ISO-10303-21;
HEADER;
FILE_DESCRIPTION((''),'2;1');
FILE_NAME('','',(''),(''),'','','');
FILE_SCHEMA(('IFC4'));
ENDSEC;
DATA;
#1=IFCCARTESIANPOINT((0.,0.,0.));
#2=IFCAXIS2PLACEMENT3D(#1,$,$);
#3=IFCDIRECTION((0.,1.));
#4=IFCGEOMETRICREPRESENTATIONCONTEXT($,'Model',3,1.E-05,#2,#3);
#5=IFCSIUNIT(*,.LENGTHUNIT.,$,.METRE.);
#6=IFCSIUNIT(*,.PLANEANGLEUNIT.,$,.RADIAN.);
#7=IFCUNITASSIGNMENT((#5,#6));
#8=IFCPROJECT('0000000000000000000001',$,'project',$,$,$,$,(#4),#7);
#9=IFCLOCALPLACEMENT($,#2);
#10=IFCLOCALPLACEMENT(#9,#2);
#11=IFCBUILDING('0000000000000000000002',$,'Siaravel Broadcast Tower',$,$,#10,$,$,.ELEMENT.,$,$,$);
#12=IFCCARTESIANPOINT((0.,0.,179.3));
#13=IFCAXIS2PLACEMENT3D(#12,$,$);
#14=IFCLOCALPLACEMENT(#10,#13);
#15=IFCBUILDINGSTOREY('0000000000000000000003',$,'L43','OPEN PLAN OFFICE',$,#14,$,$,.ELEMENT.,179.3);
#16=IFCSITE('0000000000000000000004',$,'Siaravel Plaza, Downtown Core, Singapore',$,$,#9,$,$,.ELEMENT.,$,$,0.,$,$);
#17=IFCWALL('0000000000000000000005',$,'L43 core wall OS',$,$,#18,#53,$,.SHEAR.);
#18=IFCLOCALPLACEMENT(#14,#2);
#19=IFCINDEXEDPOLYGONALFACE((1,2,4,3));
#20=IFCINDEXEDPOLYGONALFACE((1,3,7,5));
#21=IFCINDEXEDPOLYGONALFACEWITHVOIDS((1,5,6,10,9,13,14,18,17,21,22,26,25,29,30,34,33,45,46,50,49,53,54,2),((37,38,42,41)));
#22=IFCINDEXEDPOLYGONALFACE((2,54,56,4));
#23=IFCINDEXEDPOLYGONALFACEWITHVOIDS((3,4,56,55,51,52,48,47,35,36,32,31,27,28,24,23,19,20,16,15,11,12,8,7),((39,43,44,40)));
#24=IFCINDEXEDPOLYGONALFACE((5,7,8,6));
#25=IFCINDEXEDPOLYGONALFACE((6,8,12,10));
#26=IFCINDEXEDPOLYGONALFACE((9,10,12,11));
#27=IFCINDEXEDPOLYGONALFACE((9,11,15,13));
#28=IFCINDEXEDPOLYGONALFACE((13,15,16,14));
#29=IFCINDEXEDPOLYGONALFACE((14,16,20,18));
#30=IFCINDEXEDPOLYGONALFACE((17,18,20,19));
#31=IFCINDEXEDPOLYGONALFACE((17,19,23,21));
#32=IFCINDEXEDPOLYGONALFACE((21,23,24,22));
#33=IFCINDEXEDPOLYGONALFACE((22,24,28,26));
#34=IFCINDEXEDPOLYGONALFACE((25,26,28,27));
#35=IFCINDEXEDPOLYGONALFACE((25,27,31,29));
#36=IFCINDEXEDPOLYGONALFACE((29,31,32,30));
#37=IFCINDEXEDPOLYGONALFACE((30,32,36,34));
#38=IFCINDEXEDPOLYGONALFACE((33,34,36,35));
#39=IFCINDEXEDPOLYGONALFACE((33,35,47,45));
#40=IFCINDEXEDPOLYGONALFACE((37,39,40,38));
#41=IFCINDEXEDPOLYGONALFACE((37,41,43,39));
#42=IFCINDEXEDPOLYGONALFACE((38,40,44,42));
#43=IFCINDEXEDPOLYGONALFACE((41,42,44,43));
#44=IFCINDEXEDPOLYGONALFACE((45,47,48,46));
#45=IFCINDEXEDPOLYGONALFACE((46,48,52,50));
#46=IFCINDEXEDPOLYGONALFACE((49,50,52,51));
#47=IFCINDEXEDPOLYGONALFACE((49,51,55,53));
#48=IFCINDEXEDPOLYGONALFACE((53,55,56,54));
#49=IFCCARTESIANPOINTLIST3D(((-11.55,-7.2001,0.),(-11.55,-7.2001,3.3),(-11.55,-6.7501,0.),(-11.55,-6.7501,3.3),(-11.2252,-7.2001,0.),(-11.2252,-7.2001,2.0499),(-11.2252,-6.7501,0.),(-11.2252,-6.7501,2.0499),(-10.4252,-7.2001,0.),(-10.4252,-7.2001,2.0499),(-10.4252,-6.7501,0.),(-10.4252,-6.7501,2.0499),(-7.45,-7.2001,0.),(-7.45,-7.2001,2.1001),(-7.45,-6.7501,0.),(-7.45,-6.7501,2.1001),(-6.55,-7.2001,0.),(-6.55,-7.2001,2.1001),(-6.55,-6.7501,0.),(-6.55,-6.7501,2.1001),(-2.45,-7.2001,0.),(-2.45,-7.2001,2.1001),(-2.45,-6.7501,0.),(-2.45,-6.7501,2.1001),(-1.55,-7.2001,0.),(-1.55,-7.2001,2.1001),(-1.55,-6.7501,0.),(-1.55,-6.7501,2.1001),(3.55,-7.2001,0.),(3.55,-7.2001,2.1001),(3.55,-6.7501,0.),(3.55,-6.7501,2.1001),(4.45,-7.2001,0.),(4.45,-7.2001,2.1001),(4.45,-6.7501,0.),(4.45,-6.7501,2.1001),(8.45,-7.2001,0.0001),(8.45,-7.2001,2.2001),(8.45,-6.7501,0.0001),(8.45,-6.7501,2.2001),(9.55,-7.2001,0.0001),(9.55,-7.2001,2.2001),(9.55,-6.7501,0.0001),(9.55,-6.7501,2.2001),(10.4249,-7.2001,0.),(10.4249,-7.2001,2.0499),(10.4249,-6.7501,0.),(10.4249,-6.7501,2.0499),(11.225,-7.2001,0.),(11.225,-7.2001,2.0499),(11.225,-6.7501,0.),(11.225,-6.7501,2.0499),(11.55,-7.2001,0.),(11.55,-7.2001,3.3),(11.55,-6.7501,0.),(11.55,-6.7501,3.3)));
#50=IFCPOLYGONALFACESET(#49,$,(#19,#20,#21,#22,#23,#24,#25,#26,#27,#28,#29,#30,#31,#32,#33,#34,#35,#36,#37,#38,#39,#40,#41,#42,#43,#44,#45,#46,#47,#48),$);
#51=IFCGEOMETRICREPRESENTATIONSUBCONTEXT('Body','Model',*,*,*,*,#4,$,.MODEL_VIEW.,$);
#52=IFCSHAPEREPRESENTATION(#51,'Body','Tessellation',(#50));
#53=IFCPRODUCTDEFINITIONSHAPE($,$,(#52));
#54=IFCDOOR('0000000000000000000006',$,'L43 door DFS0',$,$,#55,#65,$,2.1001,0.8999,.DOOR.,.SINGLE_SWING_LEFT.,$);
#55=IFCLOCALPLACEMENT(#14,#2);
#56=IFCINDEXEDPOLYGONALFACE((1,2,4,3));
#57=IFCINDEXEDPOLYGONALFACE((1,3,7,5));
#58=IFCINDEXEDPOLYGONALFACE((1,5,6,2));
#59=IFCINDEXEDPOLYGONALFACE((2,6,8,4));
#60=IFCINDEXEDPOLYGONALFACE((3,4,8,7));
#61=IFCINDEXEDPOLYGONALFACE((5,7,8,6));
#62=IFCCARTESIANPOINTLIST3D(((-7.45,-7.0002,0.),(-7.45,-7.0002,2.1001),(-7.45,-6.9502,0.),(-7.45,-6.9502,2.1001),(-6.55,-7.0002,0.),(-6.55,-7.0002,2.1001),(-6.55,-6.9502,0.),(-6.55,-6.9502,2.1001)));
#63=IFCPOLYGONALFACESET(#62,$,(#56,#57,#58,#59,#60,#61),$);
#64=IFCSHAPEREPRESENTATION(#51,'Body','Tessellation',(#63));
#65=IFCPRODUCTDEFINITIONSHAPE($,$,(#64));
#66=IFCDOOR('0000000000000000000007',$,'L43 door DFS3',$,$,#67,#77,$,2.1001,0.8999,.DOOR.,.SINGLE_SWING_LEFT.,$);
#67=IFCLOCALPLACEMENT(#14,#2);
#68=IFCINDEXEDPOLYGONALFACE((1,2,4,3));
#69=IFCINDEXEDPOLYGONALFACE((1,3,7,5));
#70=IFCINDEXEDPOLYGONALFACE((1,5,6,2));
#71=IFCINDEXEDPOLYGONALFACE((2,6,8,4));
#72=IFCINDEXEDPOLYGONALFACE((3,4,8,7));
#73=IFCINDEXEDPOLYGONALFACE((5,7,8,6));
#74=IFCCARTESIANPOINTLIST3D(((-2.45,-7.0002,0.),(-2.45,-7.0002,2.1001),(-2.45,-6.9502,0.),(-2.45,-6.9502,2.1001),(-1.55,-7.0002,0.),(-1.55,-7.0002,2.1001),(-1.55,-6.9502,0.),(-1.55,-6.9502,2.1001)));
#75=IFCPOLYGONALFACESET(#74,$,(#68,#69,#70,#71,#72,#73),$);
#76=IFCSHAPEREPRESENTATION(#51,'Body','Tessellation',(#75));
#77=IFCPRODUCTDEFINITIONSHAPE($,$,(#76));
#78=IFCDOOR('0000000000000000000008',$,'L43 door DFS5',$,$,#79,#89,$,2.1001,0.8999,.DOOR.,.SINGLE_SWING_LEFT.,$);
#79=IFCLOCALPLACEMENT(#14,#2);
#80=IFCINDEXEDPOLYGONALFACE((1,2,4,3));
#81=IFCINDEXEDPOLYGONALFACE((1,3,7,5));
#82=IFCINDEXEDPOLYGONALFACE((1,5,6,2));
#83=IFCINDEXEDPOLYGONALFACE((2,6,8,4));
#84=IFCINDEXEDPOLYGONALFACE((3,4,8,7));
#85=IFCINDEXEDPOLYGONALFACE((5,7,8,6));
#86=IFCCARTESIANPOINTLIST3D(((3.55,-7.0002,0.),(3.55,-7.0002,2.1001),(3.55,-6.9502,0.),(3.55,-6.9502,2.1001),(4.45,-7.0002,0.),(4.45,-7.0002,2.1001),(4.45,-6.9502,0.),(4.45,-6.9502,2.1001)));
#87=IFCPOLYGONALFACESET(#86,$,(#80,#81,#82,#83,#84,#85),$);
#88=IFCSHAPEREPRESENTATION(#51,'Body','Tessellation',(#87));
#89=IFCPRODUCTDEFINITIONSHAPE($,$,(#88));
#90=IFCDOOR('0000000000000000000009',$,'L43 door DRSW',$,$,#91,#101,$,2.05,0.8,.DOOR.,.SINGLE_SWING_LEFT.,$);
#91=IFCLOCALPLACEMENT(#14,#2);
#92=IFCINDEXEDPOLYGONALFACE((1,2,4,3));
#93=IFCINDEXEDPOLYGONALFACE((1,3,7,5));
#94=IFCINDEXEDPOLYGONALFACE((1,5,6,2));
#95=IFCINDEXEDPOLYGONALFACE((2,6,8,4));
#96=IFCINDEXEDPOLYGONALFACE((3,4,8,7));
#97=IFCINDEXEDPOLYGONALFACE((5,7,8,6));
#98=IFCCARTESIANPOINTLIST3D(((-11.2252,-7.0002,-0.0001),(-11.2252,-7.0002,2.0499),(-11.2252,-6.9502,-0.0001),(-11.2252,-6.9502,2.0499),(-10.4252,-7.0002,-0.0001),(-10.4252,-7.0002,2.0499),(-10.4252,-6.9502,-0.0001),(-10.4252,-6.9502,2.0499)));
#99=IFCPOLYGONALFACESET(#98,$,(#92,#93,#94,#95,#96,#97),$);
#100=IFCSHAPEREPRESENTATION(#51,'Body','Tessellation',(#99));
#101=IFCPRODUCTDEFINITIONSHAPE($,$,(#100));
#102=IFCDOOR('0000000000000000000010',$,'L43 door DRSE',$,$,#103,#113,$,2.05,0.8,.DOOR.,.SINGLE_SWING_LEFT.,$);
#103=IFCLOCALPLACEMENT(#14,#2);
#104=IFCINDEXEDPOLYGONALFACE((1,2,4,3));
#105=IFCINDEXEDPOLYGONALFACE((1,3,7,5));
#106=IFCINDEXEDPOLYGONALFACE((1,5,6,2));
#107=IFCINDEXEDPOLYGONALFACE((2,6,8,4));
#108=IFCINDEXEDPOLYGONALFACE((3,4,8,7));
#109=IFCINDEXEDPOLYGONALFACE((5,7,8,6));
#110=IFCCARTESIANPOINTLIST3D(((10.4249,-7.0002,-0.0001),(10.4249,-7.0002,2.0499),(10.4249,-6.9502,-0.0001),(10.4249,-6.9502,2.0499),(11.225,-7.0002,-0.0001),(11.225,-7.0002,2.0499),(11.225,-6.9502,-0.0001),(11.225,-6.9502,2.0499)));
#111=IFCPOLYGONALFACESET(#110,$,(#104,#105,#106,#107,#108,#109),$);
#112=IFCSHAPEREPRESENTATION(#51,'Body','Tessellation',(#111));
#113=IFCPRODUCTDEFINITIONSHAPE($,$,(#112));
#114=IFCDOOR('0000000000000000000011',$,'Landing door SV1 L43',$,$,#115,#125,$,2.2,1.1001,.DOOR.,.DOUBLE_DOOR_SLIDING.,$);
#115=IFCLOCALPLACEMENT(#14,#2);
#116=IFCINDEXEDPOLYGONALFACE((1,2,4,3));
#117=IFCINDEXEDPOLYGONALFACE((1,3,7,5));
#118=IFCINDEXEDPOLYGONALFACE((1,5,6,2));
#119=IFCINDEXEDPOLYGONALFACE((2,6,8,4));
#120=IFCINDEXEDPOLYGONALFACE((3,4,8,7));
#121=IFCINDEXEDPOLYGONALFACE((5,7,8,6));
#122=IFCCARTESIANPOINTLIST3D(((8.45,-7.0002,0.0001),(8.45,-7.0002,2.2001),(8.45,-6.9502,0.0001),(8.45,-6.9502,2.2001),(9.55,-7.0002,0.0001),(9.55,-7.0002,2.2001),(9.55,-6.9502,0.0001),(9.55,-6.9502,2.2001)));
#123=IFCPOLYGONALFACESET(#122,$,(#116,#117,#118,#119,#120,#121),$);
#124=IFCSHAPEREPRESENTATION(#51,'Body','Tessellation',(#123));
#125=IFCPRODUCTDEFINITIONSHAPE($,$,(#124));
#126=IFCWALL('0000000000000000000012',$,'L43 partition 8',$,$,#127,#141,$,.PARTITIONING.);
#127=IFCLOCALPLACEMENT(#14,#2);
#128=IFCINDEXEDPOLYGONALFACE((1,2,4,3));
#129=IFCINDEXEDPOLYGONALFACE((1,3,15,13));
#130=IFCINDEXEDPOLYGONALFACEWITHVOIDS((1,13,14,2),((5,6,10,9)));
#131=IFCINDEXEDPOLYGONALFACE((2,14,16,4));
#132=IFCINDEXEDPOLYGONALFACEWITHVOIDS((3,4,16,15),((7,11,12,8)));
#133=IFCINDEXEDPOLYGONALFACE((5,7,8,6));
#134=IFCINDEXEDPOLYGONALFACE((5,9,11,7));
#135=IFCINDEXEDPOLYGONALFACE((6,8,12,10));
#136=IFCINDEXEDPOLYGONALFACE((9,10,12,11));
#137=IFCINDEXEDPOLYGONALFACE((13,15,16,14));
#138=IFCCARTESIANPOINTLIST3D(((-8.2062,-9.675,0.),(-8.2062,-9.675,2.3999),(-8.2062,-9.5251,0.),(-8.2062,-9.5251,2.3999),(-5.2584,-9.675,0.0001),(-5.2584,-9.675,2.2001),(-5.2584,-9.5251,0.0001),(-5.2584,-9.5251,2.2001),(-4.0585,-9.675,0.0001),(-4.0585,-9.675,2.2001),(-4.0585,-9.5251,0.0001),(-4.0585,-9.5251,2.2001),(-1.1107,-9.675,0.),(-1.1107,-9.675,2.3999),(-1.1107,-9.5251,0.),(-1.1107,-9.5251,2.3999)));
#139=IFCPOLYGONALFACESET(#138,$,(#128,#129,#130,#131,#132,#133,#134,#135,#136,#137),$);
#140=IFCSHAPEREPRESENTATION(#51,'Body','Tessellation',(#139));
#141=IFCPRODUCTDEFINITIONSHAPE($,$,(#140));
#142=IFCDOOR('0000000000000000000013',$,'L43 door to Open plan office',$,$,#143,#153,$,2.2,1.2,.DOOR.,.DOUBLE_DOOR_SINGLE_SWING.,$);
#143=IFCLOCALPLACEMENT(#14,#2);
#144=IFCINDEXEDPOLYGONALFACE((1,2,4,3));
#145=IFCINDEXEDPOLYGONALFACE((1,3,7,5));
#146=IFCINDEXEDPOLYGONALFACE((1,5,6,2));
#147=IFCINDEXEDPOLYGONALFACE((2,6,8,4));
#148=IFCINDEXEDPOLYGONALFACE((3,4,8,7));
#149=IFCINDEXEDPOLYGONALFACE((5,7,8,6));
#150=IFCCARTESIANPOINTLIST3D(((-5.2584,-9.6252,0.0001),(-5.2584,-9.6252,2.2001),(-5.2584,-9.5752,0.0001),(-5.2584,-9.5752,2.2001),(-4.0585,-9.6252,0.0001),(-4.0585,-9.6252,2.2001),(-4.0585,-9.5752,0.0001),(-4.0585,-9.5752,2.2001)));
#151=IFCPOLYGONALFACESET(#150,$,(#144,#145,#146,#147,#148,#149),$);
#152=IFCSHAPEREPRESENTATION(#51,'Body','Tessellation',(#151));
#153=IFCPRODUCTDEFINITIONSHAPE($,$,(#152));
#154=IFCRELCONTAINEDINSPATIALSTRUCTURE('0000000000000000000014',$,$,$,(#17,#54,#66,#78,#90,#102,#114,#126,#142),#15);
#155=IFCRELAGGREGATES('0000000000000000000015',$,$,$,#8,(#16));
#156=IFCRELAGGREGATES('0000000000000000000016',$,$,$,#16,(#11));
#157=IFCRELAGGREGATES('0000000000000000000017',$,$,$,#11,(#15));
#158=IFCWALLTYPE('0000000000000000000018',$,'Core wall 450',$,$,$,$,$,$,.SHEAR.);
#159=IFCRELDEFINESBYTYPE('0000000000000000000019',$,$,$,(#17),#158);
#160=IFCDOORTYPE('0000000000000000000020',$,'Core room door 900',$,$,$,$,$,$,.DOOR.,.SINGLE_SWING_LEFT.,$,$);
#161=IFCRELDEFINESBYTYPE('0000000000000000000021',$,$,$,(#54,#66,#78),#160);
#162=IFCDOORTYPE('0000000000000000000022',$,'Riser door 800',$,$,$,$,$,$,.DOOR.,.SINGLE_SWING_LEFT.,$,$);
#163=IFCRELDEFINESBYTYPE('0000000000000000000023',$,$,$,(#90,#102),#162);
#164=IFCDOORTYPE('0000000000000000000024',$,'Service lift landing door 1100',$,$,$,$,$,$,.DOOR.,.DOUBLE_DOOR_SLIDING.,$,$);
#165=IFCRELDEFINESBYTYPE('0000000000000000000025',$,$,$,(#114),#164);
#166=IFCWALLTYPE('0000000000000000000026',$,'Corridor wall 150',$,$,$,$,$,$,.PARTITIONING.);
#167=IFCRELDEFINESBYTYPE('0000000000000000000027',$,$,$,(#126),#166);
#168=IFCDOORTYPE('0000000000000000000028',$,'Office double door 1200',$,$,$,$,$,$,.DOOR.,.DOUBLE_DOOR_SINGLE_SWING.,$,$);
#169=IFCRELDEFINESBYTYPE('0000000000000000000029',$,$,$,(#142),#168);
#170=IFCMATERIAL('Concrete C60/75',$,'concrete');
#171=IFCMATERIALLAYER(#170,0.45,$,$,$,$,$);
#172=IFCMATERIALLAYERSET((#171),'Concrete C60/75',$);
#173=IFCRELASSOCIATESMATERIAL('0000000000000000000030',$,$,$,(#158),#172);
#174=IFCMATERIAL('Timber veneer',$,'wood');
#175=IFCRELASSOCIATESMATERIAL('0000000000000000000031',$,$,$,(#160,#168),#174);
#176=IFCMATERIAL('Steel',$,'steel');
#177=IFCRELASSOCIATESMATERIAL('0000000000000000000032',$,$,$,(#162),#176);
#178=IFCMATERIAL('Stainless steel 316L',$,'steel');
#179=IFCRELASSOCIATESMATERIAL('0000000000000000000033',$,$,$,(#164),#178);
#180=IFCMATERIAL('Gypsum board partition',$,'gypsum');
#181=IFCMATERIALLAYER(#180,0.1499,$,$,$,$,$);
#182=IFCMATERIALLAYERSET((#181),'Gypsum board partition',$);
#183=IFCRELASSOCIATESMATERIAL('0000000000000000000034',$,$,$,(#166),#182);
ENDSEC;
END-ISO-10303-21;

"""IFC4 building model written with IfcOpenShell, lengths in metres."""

from ifc_helpers import new_model, si_unit, direction, frame, frame_2d, origin, place, context, subcontext, project, spatial, rectangle, extrude, material, layer, layer_set, type_object, element, fill, save


model = new_model("IFC4")

# Units and contexts
model_context = context("Model", 3, precision=1e-05, world=origin(), true_north=direction((0.0, 1.0)))
body_context = subcontext(model_context, "Body", "Model", "MODEL_VIEW")
ifc_project = project(units=[si_unit("LENGTHUNIT", "METRE"), si_unit("PLANEANGLEUNIT", "RADIAN")], contexts=[model_context])

# Site, building, storey
site_placement = place(None, origin())
site = spatial("IfcSite", under=ifc_project, at=site_placement, Name="Siaravel Plaza, Downtown Core, Singapore", CompositionType="ELEMENT", RefElevation=0.0)
building_placement = place(site_placement, origin())
building = spatial("IfcBuilding", under=site, at=building_placement, Name="Siaravel Broadcast Tower", CompositionType="ELEMENT")
storey_placement = place(building_placement, frame((0.0, 0.0, 179.3)))
storey = spatial("IfcBuildingStorey", under=building, at=storey_placement, Name="L43", Description="OPEN PLAN OFFICE", CompositionType="ELEMENT", Elevation=179.3)

# Shared definitions
ifc_material_1 = material(Name="Concrete C60/75", Category="concrete")

# Shared definitions
ifc_layer_1 = layer(ifc_material_1, 0.45)
ifc_layer_set_1 = layer_set([ifc_layer_1], Name="Concrete C60/75")
wall_type_1 = type_object("IfcWallType", Name="Core wall 450", PredefinedType="SHEAR", material=ifc_layer_set_1)
ifc_material_2 = material(Name="Steel", Category="steel")

# Wall, openings, doors
wall_1_placement = place(storey_placement, frame((-11.55, -6.9751, 0.0), z_axis=(0.0, 0.0, 1.0), x_axis=(1.0, 0.0, 0.0)))
wall_1 = element("IfcWall", 1, at=wall_1_placement, inside=storey, type_object=wall_type_1, Name="L43 core wall OS", PredefinedType="SHEAR", context=body_context, shape_type="SweptSolid", body=[
    extrude(rectangle(XDim=23.1001, YDim=0.45, at=frame_2d((11.55, 0.0))), origin(), (0.0, 0.0, 1.0), 3.3),
])
opening_1_placement = place(wall_1_placement, frame((20.0, 0.0, 0.0)))
opening_1 = element("IfcOpeningElement", 2, at=opening_1_placement, cuts=wall_1, PredefinedType="OPENING", context=body_context, shape_type="SweptSolid", body=[
    extrude(rectangle(XDim=1.1001, YDim=2.2, at=frame_2d((0.55, 1.1001))), frame((0.0, 0.2349, 0.0), z_axis=(0.0, -1.0, 0.0), x_axis=(1.0, 0.0, 0.0)), (0.0, 0.0, 1.0), 0.47),
])
opening_2_placement = place(wall_1_placement, frame((4.1001, 0.0, 0.0)))
opening_2 = element("IfcOpeningElement", 3, at=opening_2_placement, cuts=wall_1, PredefinedType="OPENING", context=body_context, shape_type="SweptSolid", body=[
    extrude(rectangle(XDim=0.8999, YDim=2.1001, at=frame_2d((0.45, 1.05))), frame((0.0, 0.2349, 0.0), z_axis=(0.0, -1.0, 0.0), x_axis=(1.0, 0.0, 0.0)), (0.0, 0.0, 1.0), 0.47),
])
opening_3_placement = place(wall_1_placement, frame((9.1001, 0.0, 0.0)))
opening_3 = element("IfcOpeningElement", 4, at=opening_3_placement, cuts=wall_1, PredefinedType="OPENING", context=body_context, shape_type="SweptSolid", body=[
    extrude(rectangle(XDim=0.8999, YDim=2.1001, at=frame_2d((0.45, 1.05))), frame((0.0, 0.2349, 0.0), z_axis=(0.0, -1.0, 0.0), x_axis=(1.0, 0.0, 0.0)), (0.0, 0.0, 1.0), 0.47),
])
opening_4_placement = place(wall_1_placement, frame((15.1001, 0.0, 0.0)))
opening_4 = element("IfcOpeningElement", 5, at=opening_4_placement, cuts=wall_1, PredefinedType="OPENING", context=body_context, shape_type="SweptSolid", body=[
    extrude(rectangle(XDim=0.8999, YDim=2.1001, at=frame_2d((0.45, 1.05))), frame((0.0, 0.2349, 0.0), z_axis=(0.0, -1.0, 0.0), x_axis=(1.0, 0.0, 0.0)), (0.0, 0.0, 1.0), 0.47),
])
opening_5_placement = place(wall_1_placement, frame((0.325, 0.0, 0.0)))
opening_5 = element("IfcOpeningElement", 6, at=opening_5_placement, cuts=wall_1, PredefinedType="OPENING", context=body_context, shape_type="SweptSolid", body=[
    extrude(rectangle(XDim=0.8, YDim=2.05, at=frame_2d((0.3999, 1.0249))), frame((0.0, 0.2349, 0.0), z_axis=(0.0, -1.0, 0.0), x_axis=(1.0, 0.0, 0.0)), (0.0, 0.0, 1.0), 0.47),
])
opening_6_placement = place(wall_1_placement, frame((21.9751, 0.0, 0.0)))
opening_6 = element("IfcOpeningElement", 7, at=opening_6_placement, cuts=wall_1, PredefinedType="OPENING", context=body_context, shape_type="SweptSolid", body=[
    extrude(rectangle(XDim=0.8, YDim=2.05, at=frame_2d((0.3999, 1.0249))), frame((0.0, 0.2349, 0.0), z_axis=(0.0, -1.0, 0.0), x_axis=(1.0, 0.0, 0.0)), (0.0, 0.0, 1.0), 0.47),
])
ifc_material_3 = material(Name="Timber veneer", Category="wood")
door_type_1 = type_object("IfcDoorType", Name="Core room door 900", OperationType="SINGLE_SWING_LEFT", PredefinedType="DOOR", material=ifc_material_3)
door_1_placement = place(opening_2_placement, origin())
door_1 = element("IfcDoor", 8, at=door_1_placement, inside=storey, type_object=door_type_1, Name="L43 door DFS0", OperationType="SINGLE_SWING_LEFT", OverallHeight=2.1001, OverallWidth=0.8999, PredefinedType="DOOR", context=body_context, shape_type="SweptSolid", body=[
    extrude(rectangle(XDim=0.8999, YDim=2.1001, at=frame_2d((0.45, 1.05))), frame((0.0, 0.0249, 0.0), z_axis=(0.0, -1.0, 0.0), x_axis=(1.0, 0.0, 0.0)), (0.0, 0.0, 1.0), 0.05),
])
fill(opening_2, door_1)
door_2_placement = place(opening_3_placement, origin())
door_2 = element("IfcDoor", 9, at=door_2_placement, inside=storey, type_object=door_type_1, Name="L43 door DFS3", OperationType="SINGLE_SWING_LEFT", OverallHeight=2.1001, OverallWidth=0.8999, PredefinedType="DOOR", context=body_context, shape_type="SweptSolid", body=[
    extrude(rectangle(XDim=0.8999, YDim=2.1001, at=frame_2d((0.45, 1.05))), frame((0.0, 0.0249, 0.0), z_axis=(0.0, -1.0, 0.0), x_axis=(1.0, 0.0, 0.0)), (0.0, 0.0, 1.0), 0.05),
])
fill(opening_3, door_2)
door_3_placement = place(opening_4_placement, origin())
door_3 = element("IfcDoor", 10, at=door_3_placement, inside=storey, type_object=door_type_1, Name="L43 door DFS5", OperationType="SINGLE_SWING_LEFT", OverallHeight=2.1001, OverallWidth=0.8999, PredefinedType="DOOR", context=body_context, shape_type="SweptSolid", body=[
    extrude(rectangle(XDim=0.8999, YDim=2.1001, at=frame_2d((0.45, 1.05))), frame((0.0, 0.0249, 0.0), z_axis=(0.0, -1.0, 0.0), x_axis=(1.0, 0.0, 0.0)), (0.0, 0.0, 1.0), 0.05),
])
fill(opening_4, door_3)
door_type_2 = type_object("IfcDoorType", Name="Riser door 800", OperationType="SINGLE_SWING_LEFT", PredefinedType="DOOR", material=ifc_material_2)
door_4_placement = place(opening_5_placement, origin())
door_4 = element("IfcDoor", 11, at=door_4_placement, inside=storey, type_object=door_type_2, Name="L43 door DRSW", OperationType="SINGLE_SWING_LEFT", OverallHeight=2.05, OverallWidth=0.8, PredefinedType="DOOR", context=body_context, shape_type="SweptSolid", body=[
    extrude(rectangle(XDim=0.8, YDim=2.05, at=frame_2d((0.3999, 1.0249))), frame((0.0, 0.0249, 0.0), z_axis=(0.0, -1.0, 0.0), x_axis=(1.0, 0.0, 0.0)), (0.0, 0.0, 1.0), 0.05),
])
fill(opening_5, door_4)
door_5_placement = place(opening_6_placement, origin())
door_5 = element("IfcDoor", 12, at=door_5_placement, inside=storey, type_object=door_type_2, Name="L43 door DRSE", OperationType="SINGLE_SWING_LEFT", OverallHeight=2.05, OverallWidth=0.8, PredefinedType="DOOR", context=body_context, shape_type="SweptSolid", body=[
    extrude(rectangle(XDim=0.8, YDim=2.05, at=frame_2d((0.3999, 1.0249))), frame((0.0, 0.0249, 0.0), z_axis=(0.0, -1.0, 0.0), x_axis=(1.0, 0.0, 0.0)), (0.0, 0.0, 1.0), 0.05),
])
fill(opening_6, door_5)
ifc_material_4 = material(Name="Stainless steel 316L", Category="steel")
door_type_3 = type_object("IfcDoorType", Name="Service lift landing door 1100", OperationType="DOUBLE_DOOR_SLIDING", PredefinedType="DOOR", material=ifc_material_4)
door_6_placement = place(opening_1_placement, origin())
door_6 = element("IfcDoor", 13, at=door_6_placement, inside=storey, type_object=door_type_3, Name="Landing door SV1 L43", OperationType="DOUBLE_DOOR_SLIDING", OverallHeight=2.2, OverallWidth=1.1001, PredefinedType="DOOR", context=body_context, shape_type="SweptSolid", body=[
    extrude(rectangle(XDim=1.1001, YDim=2.2, at=frame_2d((0.55, 1.1001))), frame((0.0, 0.0249, 0.0), z_axis=(0.0, -1.0, 0.0), x_axis=(1.0, 0.0, 0.0)), (0.0, 0.0, 1.0), 0.05),
])
fill(opening_1, door_6)

# Wall, opening, door
ifc_material_5 = material(Name="Gypsum board partition", Category="gypsum")
ifc_layer_2 = layer(ifc_material_5, 0.1499)
ifc_layer_set_2 = layer_set([ifc_layer_2], Name="Gypsum board partition")
wall_type_2 = type_object("IfcWallType", Name="Corridor wall 150", PredefinedType="PARTITIONING", material=ifc_layer_set_2)
wall_2_placement = place(storey_placement, frame((-8.2063, -9.6001, 0.0), z_axis=(0.0, 0.0, 1.0), x_axis=(1.0, 0.0, 0.0)))
wall_2 = element("IfcWall", 14, at=wall_2_placement, inside=storey, type_object=wall_type_2, Name="L43 partition 8", PredefinedType="PARTITIONING", context=body_context, shape_type="SweptSolid", body=[
    extrude(rectangle(XDim=7.0955, YDim=0.1499, at=frame_2d((3.5479, 0.0))), origin(), (0.0, 0.0, 1.0), 2.3999),
])
opening_7_placement = place(wall_2_placement, frame((2.9478, 0.0, 0.0)))
opening_7 = element("IfcOpeningElement", 15, at=opening_7_placement, cuts=wall_2, PredefinedType="OPENING", context=body_context, shape_type="SweptSolid", body=[
    extrude(rectangle(XDim=1.2, YDim=2.2, at=frame_2d((0.6001, 1.1001))), frame((0.0, 0.085, 0.0), z_axis=(0.0, -1.0, 0.0), x_axis=(1.0, 0.0, 0.0)), (0.0, 0.0, 1.0), 0.1699),
])
door_type_4 = type_object("IfcDoorType", Name="Office double door 1200", OperationType="DOUBLE_DOOR_SINGLE_SWING", PredefinedType="DOOR", material=ifc_material_3)
door_7_placement = place(opening_7_placement, origin())
door_7 = element("IfcDoor", 16, at=door_7_placement, inside=storey, type_object=door_type_4, Name="L43 door to Open plan office", OperationType="DOUBLE_DOOR_SINGLE_SWING", OverallHeight=2.2, OverallWidth=1.2, PredefinedType="DOOR", context=body_context, shape_type="SweptSolid", body=[
    extrude(rectangle(XDim=1.2, YDim=2.2, at=frame_2d((0.6001, 1.1001))), frame((0.0, 0.0249, 0.0), z_axis=(0.0, -1.0, 0.0), x_axis=(1.0, 0.0, 0.0)), (0.0, 0.0, 1.0), 0.05),
])
fill(opening_7, door_7)

save(model, "model.ifc")
